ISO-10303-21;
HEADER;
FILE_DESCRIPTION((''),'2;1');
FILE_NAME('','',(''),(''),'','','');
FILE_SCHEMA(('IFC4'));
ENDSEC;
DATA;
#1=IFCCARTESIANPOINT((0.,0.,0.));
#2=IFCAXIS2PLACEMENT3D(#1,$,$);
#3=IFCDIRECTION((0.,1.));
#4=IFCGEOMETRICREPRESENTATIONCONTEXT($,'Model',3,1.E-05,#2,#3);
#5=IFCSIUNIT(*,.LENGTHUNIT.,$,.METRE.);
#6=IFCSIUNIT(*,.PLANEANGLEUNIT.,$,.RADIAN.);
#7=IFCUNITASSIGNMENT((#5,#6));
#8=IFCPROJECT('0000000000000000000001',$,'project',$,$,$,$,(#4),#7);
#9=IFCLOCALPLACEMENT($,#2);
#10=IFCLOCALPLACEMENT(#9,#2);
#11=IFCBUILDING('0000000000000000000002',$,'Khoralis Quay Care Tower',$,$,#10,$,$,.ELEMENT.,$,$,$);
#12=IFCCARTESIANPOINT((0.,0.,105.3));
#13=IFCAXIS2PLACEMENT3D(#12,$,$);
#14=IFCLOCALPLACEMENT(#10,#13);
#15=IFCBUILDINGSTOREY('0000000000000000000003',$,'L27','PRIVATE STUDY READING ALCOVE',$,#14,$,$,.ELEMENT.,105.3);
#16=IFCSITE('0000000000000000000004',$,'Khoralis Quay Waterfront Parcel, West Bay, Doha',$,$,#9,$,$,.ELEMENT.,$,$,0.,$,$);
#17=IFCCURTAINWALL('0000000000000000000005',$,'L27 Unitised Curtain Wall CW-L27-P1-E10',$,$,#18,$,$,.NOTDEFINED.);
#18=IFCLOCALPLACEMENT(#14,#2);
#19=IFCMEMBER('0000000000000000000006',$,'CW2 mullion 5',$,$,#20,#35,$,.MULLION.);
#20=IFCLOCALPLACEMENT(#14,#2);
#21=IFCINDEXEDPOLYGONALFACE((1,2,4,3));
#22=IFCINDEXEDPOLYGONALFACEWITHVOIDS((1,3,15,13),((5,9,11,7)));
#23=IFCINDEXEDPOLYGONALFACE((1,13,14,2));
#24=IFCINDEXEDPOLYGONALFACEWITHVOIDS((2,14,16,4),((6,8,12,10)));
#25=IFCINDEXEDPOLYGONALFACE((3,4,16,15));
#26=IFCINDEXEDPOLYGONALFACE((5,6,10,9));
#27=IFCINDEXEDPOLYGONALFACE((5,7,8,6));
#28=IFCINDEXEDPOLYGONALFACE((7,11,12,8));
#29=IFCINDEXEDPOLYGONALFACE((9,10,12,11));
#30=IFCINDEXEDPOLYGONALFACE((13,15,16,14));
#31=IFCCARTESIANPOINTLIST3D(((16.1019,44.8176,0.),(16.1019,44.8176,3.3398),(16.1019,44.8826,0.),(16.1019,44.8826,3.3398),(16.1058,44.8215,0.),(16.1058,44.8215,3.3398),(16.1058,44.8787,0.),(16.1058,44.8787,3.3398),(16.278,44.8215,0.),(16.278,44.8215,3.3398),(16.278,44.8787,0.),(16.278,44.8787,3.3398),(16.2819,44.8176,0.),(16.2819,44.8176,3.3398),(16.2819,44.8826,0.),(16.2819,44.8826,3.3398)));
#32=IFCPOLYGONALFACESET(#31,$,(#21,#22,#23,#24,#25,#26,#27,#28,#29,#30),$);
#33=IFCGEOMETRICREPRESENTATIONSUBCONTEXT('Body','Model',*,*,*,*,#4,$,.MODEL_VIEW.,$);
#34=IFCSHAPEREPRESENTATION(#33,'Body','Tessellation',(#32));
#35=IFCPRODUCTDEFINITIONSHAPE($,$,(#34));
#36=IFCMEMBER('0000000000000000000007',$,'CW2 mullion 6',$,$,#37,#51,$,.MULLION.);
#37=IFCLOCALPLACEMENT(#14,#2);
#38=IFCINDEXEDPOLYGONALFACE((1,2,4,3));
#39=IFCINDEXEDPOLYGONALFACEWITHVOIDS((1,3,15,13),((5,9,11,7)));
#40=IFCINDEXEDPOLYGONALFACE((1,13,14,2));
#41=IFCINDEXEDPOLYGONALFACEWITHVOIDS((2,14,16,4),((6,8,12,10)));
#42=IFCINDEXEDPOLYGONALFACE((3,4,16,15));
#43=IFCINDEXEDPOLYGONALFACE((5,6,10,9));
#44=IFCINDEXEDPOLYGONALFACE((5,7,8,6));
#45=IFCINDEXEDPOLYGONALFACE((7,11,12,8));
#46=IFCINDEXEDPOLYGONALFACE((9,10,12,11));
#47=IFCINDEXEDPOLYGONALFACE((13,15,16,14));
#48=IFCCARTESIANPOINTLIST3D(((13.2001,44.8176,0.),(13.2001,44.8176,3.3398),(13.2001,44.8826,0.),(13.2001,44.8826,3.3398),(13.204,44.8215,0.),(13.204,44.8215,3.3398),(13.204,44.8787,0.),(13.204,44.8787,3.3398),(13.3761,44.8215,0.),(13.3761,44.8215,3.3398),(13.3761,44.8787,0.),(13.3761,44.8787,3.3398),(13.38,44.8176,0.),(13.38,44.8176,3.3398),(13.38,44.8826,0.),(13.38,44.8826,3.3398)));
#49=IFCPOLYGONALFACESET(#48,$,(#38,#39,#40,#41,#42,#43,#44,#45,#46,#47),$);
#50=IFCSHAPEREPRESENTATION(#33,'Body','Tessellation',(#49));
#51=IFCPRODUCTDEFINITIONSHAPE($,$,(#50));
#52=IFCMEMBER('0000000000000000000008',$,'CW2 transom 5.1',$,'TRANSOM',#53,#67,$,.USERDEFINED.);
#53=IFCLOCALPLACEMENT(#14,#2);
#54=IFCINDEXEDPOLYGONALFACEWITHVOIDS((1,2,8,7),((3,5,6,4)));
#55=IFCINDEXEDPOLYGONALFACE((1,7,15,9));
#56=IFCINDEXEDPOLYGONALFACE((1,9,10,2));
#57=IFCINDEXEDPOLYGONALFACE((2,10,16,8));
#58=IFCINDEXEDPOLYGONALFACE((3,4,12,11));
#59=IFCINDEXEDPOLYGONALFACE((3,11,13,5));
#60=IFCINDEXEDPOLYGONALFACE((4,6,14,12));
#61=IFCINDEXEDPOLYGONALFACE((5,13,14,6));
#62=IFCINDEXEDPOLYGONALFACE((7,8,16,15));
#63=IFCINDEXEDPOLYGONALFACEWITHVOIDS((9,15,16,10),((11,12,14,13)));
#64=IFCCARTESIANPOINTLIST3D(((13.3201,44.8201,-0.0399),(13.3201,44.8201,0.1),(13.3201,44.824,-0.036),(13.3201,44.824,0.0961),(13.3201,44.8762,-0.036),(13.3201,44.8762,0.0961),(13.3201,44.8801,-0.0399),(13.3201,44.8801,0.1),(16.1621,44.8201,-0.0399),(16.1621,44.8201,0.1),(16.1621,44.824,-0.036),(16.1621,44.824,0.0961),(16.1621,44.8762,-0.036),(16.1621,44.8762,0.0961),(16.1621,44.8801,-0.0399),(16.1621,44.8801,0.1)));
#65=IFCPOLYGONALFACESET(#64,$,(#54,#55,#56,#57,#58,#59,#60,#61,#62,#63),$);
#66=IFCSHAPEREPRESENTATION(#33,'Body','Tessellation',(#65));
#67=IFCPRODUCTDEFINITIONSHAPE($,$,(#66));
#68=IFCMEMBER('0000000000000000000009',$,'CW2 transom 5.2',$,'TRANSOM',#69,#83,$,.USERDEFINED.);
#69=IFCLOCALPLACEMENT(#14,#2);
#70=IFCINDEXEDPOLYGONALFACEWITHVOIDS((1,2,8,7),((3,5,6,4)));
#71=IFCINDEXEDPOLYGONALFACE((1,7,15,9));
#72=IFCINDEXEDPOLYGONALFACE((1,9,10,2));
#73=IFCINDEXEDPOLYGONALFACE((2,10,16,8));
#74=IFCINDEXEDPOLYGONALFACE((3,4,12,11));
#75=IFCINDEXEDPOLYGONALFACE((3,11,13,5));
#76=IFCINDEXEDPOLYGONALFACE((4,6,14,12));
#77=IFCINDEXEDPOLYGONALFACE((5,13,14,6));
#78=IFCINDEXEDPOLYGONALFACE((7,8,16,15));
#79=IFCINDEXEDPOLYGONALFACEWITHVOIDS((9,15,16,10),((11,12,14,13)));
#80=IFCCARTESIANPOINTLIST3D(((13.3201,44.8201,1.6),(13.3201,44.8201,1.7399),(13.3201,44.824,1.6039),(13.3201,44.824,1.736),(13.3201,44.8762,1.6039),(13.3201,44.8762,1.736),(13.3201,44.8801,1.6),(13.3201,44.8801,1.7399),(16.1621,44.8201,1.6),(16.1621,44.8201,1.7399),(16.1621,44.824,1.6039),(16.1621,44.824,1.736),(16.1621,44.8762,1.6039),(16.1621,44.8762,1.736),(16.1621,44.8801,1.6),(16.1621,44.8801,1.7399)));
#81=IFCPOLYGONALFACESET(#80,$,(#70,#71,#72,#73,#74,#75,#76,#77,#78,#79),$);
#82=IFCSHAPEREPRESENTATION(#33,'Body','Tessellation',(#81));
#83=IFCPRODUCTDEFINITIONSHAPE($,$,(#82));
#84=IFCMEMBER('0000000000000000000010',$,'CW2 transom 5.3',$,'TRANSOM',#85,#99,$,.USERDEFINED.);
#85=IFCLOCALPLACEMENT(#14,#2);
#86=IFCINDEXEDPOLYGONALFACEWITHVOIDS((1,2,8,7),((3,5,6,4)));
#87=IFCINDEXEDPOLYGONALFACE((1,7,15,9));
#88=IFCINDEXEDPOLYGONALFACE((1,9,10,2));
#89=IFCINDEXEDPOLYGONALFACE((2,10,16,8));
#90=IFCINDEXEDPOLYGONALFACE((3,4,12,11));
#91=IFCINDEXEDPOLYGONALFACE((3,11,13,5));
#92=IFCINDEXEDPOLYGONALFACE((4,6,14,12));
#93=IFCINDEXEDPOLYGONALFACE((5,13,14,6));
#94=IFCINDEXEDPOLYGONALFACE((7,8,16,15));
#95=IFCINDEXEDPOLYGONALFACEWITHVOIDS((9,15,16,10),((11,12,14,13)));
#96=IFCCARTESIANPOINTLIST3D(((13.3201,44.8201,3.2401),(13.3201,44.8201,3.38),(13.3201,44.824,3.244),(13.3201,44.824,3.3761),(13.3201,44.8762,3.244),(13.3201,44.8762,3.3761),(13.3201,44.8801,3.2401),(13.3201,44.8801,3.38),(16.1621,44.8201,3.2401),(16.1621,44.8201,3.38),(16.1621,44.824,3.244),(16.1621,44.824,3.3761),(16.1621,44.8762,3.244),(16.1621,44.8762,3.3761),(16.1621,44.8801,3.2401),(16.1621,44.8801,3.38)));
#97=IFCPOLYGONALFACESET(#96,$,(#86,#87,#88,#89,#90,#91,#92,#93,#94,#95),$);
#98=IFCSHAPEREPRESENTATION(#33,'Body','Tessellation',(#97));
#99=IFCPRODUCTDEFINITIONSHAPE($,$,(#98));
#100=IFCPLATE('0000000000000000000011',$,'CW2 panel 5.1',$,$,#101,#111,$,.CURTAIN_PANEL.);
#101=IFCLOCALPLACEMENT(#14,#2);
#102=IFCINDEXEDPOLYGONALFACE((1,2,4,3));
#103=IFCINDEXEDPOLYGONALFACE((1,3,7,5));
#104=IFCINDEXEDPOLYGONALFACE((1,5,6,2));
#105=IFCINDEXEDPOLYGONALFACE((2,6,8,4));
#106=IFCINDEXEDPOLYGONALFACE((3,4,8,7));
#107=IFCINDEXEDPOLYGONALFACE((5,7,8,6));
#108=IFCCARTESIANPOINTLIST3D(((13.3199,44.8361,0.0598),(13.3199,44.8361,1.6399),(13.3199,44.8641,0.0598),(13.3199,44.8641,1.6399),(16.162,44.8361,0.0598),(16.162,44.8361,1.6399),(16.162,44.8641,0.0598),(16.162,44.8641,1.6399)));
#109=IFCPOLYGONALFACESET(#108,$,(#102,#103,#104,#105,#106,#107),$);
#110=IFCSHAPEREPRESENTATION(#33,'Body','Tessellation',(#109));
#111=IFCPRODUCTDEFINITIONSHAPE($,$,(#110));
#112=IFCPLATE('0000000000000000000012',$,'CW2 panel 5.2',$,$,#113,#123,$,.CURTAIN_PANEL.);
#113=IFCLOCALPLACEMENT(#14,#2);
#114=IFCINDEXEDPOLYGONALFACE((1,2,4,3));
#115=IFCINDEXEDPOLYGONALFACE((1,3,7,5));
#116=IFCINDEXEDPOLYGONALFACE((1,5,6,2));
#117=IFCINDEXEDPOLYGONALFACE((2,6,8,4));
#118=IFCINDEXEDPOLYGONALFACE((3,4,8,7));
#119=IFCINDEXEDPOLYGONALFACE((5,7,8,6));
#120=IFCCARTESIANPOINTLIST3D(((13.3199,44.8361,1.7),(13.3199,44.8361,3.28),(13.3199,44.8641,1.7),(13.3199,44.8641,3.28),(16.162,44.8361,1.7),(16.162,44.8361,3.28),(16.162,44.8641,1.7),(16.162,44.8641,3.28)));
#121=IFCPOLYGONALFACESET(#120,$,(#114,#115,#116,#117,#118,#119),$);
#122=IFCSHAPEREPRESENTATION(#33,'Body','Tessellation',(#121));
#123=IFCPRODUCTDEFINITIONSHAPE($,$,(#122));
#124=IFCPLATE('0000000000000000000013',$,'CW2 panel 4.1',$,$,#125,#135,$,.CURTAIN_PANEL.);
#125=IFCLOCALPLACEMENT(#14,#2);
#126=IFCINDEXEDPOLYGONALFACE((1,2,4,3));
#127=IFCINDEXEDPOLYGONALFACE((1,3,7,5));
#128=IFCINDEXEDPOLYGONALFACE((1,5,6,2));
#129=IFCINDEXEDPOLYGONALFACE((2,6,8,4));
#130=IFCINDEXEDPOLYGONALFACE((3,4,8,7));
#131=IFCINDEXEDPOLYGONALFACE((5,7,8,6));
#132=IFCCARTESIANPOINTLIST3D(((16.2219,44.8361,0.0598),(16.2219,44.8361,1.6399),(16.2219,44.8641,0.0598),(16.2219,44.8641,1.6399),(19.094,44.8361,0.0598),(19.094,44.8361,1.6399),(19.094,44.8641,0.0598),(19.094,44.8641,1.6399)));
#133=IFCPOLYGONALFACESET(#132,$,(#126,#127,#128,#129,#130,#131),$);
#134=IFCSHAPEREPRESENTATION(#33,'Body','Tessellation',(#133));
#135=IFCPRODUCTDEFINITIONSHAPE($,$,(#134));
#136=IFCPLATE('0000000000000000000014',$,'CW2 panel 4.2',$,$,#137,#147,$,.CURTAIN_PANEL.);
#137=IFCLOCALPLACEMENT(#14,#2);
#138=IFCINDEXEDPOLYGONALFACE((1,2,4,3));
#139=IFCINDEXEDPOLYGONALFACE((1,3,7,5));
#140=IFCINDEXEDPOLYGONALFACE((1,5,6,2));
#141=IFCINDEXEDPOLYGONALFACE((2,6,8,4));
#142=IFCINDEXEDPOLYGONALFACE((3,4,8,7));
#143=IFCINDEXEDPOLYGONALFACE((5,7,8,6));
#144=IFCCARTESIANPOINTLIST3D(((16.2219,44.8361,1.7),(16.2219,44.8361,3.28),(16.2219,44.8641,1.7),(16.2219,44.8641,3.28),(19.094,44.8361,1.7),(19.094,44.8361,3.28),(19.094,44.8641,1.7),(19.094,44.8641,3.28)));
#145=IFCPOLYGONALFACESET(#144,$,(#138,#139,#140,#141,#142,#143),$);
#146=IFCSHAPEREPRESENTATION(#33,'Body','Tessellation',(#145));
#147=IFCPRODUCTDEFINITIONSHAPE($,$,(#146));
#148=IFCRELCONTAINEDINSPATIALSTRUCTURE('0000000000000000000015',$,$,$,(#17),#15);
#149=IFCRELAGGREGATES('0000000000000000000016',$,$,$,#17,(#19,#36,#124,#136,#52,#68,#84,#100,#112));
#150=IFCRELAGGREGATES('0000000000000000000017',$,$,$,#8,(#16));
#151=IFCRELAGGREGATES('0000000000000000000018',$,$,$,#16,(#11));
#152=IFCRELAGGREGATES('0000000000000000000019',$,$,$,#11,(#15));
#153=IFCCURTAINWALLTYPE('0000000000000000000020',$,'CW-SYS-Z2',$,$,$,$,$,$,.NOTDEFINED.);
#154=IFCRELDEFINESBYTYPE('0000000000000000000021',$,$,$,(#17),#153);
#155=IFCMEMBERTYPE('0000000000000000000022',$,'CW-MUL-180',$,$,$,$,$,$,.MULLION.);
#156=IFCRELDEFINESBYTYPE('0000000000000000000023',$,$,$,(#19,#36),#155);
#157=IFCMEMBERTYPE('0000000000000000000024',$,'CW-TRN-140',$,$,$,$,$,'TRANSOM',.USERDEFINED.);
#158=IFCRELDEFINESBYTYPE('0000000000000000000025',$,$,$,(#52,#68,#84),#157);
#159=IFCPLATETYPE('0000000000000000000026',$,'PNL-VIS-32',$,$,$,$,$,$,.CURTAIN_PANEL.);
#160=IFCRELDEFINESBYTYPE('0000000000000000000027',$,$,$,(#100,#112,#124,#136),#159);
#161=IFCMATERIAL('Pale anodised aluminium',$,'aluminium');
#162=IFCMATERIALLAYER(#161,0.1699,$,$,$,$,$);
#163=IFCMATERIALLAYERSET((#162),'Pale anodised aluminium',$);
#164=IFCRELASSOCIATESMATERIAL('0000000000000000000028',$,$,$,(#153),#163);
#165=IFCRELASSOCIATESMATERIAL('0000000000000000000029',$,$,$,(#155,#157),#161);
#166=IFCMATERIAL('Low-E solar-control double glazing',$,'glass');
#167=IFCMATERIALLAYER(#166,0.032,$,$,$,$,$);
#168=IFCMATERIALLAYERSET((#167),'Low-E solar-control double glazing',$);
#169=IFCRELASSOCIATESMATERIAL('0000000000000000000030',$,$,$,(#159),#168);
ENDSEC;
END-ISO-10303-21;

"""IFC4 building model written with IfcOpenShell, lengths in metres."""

from ifc_helpers import new_model, si_unit, direction, frame, origin, origin_2d, place, context, subcontext, project, spatial, rectangle, hollow_rectangle, extrude, source, transform, mapped, material, layer, layer_set, material_profile, profile_set, type_object, element, aggregate, save


model = new_model("IFC4")

# Units and contexts
model_context = context("Model", 3, precision=1e-05, world=origin(), true_north=direction((0.0, 1.0)))
body_context = subcontext(model_context, "Body", "Model", "MODEL_VIEW")
ifc_project = project(units=[si_unit("LENGTHUNIT", "METRE"), si_unit("PLANEANGLEUNIT", "RADIAN")], contexts=[model_context])

# Site, building, storey
site_placement = place(None, origin())
site = spatial("IfcSite", under=ifc_project, at=site_placement, Name="Khoralis Quay Waterfront Parcel, West Bay, Doha", CompositionType="ELEMENT", RefElevation=0.0)
building_placement = place(site_placement, origin())
building = spatial("IfcBuilding", under=site, at=building_placement, Name="Khoralis Quay Care Tower", CompositionType="ELEMENT")
storey_placement = place(building_placement, frame((0.0, 0.0, 105.3)))
storey = spatial("IfcBuildingStorey", under=building, at=storey_placement, Name="L27", Description="PRIVATE STUDY READING ALCOVE", CompositionType="ELEMENT", Elevation=105.3)

# Curtain wall, members, plates
ifc_material_1 = material(Name="Pale anodised aluminium", Category="aluminium")
ifc_layer_1 = layer(ifc_material_1, 0.1699)
ifc_layer_set_1 = layer_set([ifc_layer_1], Name="Pale anodised aluminium")
curtain_wall_type = type_object("IfcCurtainWallType", Name="CW-SYS-Z2", PredefinedType="NOTDEFINED", material=ifc_layer_set_1)
curtain_wall_placement = place(storey_placement, origin())
curtain_wall = element("IfcCurtainWall", 1, at=curtain_wall_placement, inside=storey, type_object=curtain_wall_type, Name="L27 Unitised Curtain Wall CW-L27-P1-E10", PredefinedType="NOTDEFINED")
ifc_material_profile_1 = material_profile(ifc_material_1, hollow_rectangle(XDim=0.0649, YDim=0.1799, WallThickness=0.0039, at=origin_2d()), Name="Pale anodised aluminium")
ifc_profile_set_1 = profile_set([ifc_material_profile_1], Name="Pale anodised aluminium")
member_type_1 = type_object("IfcMemberType", Name="CW-MUL-180", PredefinedType="MULLION", material=ifc_profile_set_1)
shared_shape_1 = source(origin(), body_context, "Body", "SweptSolid", [
    extrude(hollow_rectangle(XDim=0.0649, YDim=0.1799, WallThickness=0.0039, at=origin_2d()), origin(), (0.0, 0.0, 1.0), 3.3398),
])
member_1_placement = place(storey_placement, frame((16.1919, 44.8501, 0.0), z_axis=(0.0, 0.0, 1.0), x_axis=(0.0, -1.0, 0.0)))
member_1 = element("IfcMember", 2, at=member_1_placement, type_object=member_type_1, Name="CW2 mullion 5", PredefinedType="MULLION", context=body_context, shape_type="MappedRepresentation", body=[
    mapped(shared_shape_1, transform((0.0, 0.0, 0.0), scale=1.0)),
])
member_2_placement = place(storey_placement, frame((13.29, 44.8501, 0.0), z_axis=(0.0, 0.0, 1.0), x_axis=(0.0, -1.0, 0.0)))
member_2 = element("IfcMember", 3, at=member_2_placement, type_object=member_type_1, Name="CW2 mullion 6", PredefinedType="MULLION", context=body_context, shape_type="MappedRepresentation", body=[
    mapped(shared_shape_1, transform((0.0, 0.0, 0.0), scale=1.0)),
])
ifc_material_profile_2 = material_profile(ifc_material_1, hollow_rectangle(XDim=0.0601, YDim=0.1399, WallThickness=0.0039, at=origin_2d()), Name="Pale anodised aluminium")
ifc_profile_set_2 = profile_set([ifc_material_profile_2], Name="Pale anodised aluminium")
member_type_2 = type_object("IfcMemberType", Name="CW-TRN-140", ElementType="TRANSOM", PredefinedType="USERDEFINED", material=ifc_profile_set_2)
shared_shape_2 = source(origin(), body_context, "Body", "SweptSolid", [
    extrude(hollow_rectangle(XDim=0.0601, YDim=0.1399, WallThickness=0.0039, at=origin_2d()), origin(), (0.0, 0.0, 1.0), 2.842),
])
member_3_placement = place(storey_placement, frame((16.1621, 44.8501, 0.03), z_axis=(-1.0, 0.0, 0.0), x_axis=(0.0, -1.0, 0.0)))
member_3 = element("IfcMember", 4, at=member_3_placement, type_object=member_type_2, Name="CW2 transom 5.1", ObjectType="TRANSOM", PredefinedType="USERDEFINED", context=body_context, shape_type="MappedRepresentation", body=[
    mapped(shared_shape_2, transform((0.0, 0.0, 0.0), scale=1.0)),
])
member_4_placement = place(storey_placement, frame((16.1621, 44.8501, 1.6699), z_axis=(-1.0, 0.0, 0.0), x_axis=(0.0, -1.0, 0.0)))
member_4 = element("IfcMember", 5, at=member_4_placement, type_object=member_type_2, Name="CW2 transom 5.2", ObjectType="TRANSOM", PredefinedType="USERDEFINED", context=body_context, shape_type="MappedRepresentation", body=[
    mapped(shared_shape_2, transform((0.0, 0.0, 0.0), scale=1.0)),
])
member_5_placement = place(storey_placement, frame((16.1621, 44.8501, 3.3101), z_axis=(-1.0, 0.0, 0.0), x_axis=(0.0, -1.0, 0.0)))
member_5 = element("IfcMember", 6, at=member_5_placement, type_object=member_type_2, Name="CW2 transom 5.3", ObjectType="TRANSOM", PredefinedType="USERDEFINED", context=body_context, shape_type="MappedRepresentation", body=[
    mapped(shared_shape_2, transform((0.0, 0.0, 0.0), scale=1.0)),
])
ifc_material_2 = material(Name="Low-E solar-control double glazing", Category="glass")
ifc_layer_2 = layer(ifc_material_2, 0.032)
ifc_layer_set_2 = layer_set([ifc_layer_2], Name="Low-E solar-control double glazing")
plate_type = type_object("IfcPlateType", Name="PNL-VIS-32", PredefinedType="CURTAIN_PANEL", material=ifc_layer_set_2)
shared_shape_3 = source(origin(), body_context, "Body", "SweptSolid", [
    extrude(rectangle(XDim=2.842, YDim=0.0281, at=origin_2d()), origin(), (0.0, 0.0, 1.0), 1.5801),
])
plate_1_placement = place(storey_placement, frame((14.741, 44.8501, 0.0598), z_axis=(0.0, 0.0, 1.0), x_axis=(-1.0, 0.0, 0.0)))
plate_1 = element("IfcPlate", 7, at=plate_1_placement, type_object=plate_type, Name="CW2 panel 5.1", PredefinedType="CURTAIN_PANEL", context=body_context, shape_type="MappedRepresentation", body=[
    mapped(shared_shape_3, transform((0.0, 0.0, 0.0), scale=1.0)),
])
plate_2_placement = place(storey_placement, frame((14.741, 44.8501, 1.7), z_axis=(0.0, 0.0, 1.0), x_axis=(-1.0, 0.0, 0.0)))
plate_2 = element("IfcPlate", 8, at=plate_2_placement, type_object=plate_type, Name="CW2 panel 5.2", PredefinedType="CURTAIN_PANEL", context=body_context, shape_type="MappedRepresentation", body=[
    mapped(shared_shape_3, transform((0.0, 0.0, 0.0), scale=1.0)),
])
shared_shape_4 = source(origin(), body_context, "Body", "SweptSolid", [
    extrude(rectangle(XDim=2.8721, YDim=0.0281, at=origin_2d()), origin(), (0.0, 0.0, 1.0), 1.5801),
])
plate_3_placement = place(storey_placement, frame((17.658, 44.8501, 0.0598), z_axis=(0.0, 0.0, 1.0), x_axis=(-1.0, 0.0, 0.0)))
plate_3 = element("IfcPlate", 9, at=plate_3_placement, type_object=plate_type, Name="CW2 panel 4.1", PredefinedType="CURTAIN_PANEL", context=body_context, shape_type="MappedRepresentation", body=[
    mapped(shared_shape_4, transform((0.0, 0.0, 0.0), scale=1.0)),
])
plate_4_placement = place(storey_placement, frame((17.658, 44.8501, 1.7), z_axis=(0.0, 0.0, 1.0), x_axis=(-1.0, 0.0, 0.0)))
plate_4 = element("IfcPlate", 10, at=plate_4_placement, type_object=plate_type, Name="CW2 panel 4.2", PredefinedType="CURTAIN_PANEL", context=body_context, shape_type="MappedRepresentation", body=[
    mapped(shared_shape_4, transform((0.0, 0.0, 0.0), scale=1.0)),
])
aggregate(curtain_wall, [member_1, member_2, plate_3, plate_4, member_3, member_4, member_5, plate_1, plate_2])

save(model, "model.ifc")
